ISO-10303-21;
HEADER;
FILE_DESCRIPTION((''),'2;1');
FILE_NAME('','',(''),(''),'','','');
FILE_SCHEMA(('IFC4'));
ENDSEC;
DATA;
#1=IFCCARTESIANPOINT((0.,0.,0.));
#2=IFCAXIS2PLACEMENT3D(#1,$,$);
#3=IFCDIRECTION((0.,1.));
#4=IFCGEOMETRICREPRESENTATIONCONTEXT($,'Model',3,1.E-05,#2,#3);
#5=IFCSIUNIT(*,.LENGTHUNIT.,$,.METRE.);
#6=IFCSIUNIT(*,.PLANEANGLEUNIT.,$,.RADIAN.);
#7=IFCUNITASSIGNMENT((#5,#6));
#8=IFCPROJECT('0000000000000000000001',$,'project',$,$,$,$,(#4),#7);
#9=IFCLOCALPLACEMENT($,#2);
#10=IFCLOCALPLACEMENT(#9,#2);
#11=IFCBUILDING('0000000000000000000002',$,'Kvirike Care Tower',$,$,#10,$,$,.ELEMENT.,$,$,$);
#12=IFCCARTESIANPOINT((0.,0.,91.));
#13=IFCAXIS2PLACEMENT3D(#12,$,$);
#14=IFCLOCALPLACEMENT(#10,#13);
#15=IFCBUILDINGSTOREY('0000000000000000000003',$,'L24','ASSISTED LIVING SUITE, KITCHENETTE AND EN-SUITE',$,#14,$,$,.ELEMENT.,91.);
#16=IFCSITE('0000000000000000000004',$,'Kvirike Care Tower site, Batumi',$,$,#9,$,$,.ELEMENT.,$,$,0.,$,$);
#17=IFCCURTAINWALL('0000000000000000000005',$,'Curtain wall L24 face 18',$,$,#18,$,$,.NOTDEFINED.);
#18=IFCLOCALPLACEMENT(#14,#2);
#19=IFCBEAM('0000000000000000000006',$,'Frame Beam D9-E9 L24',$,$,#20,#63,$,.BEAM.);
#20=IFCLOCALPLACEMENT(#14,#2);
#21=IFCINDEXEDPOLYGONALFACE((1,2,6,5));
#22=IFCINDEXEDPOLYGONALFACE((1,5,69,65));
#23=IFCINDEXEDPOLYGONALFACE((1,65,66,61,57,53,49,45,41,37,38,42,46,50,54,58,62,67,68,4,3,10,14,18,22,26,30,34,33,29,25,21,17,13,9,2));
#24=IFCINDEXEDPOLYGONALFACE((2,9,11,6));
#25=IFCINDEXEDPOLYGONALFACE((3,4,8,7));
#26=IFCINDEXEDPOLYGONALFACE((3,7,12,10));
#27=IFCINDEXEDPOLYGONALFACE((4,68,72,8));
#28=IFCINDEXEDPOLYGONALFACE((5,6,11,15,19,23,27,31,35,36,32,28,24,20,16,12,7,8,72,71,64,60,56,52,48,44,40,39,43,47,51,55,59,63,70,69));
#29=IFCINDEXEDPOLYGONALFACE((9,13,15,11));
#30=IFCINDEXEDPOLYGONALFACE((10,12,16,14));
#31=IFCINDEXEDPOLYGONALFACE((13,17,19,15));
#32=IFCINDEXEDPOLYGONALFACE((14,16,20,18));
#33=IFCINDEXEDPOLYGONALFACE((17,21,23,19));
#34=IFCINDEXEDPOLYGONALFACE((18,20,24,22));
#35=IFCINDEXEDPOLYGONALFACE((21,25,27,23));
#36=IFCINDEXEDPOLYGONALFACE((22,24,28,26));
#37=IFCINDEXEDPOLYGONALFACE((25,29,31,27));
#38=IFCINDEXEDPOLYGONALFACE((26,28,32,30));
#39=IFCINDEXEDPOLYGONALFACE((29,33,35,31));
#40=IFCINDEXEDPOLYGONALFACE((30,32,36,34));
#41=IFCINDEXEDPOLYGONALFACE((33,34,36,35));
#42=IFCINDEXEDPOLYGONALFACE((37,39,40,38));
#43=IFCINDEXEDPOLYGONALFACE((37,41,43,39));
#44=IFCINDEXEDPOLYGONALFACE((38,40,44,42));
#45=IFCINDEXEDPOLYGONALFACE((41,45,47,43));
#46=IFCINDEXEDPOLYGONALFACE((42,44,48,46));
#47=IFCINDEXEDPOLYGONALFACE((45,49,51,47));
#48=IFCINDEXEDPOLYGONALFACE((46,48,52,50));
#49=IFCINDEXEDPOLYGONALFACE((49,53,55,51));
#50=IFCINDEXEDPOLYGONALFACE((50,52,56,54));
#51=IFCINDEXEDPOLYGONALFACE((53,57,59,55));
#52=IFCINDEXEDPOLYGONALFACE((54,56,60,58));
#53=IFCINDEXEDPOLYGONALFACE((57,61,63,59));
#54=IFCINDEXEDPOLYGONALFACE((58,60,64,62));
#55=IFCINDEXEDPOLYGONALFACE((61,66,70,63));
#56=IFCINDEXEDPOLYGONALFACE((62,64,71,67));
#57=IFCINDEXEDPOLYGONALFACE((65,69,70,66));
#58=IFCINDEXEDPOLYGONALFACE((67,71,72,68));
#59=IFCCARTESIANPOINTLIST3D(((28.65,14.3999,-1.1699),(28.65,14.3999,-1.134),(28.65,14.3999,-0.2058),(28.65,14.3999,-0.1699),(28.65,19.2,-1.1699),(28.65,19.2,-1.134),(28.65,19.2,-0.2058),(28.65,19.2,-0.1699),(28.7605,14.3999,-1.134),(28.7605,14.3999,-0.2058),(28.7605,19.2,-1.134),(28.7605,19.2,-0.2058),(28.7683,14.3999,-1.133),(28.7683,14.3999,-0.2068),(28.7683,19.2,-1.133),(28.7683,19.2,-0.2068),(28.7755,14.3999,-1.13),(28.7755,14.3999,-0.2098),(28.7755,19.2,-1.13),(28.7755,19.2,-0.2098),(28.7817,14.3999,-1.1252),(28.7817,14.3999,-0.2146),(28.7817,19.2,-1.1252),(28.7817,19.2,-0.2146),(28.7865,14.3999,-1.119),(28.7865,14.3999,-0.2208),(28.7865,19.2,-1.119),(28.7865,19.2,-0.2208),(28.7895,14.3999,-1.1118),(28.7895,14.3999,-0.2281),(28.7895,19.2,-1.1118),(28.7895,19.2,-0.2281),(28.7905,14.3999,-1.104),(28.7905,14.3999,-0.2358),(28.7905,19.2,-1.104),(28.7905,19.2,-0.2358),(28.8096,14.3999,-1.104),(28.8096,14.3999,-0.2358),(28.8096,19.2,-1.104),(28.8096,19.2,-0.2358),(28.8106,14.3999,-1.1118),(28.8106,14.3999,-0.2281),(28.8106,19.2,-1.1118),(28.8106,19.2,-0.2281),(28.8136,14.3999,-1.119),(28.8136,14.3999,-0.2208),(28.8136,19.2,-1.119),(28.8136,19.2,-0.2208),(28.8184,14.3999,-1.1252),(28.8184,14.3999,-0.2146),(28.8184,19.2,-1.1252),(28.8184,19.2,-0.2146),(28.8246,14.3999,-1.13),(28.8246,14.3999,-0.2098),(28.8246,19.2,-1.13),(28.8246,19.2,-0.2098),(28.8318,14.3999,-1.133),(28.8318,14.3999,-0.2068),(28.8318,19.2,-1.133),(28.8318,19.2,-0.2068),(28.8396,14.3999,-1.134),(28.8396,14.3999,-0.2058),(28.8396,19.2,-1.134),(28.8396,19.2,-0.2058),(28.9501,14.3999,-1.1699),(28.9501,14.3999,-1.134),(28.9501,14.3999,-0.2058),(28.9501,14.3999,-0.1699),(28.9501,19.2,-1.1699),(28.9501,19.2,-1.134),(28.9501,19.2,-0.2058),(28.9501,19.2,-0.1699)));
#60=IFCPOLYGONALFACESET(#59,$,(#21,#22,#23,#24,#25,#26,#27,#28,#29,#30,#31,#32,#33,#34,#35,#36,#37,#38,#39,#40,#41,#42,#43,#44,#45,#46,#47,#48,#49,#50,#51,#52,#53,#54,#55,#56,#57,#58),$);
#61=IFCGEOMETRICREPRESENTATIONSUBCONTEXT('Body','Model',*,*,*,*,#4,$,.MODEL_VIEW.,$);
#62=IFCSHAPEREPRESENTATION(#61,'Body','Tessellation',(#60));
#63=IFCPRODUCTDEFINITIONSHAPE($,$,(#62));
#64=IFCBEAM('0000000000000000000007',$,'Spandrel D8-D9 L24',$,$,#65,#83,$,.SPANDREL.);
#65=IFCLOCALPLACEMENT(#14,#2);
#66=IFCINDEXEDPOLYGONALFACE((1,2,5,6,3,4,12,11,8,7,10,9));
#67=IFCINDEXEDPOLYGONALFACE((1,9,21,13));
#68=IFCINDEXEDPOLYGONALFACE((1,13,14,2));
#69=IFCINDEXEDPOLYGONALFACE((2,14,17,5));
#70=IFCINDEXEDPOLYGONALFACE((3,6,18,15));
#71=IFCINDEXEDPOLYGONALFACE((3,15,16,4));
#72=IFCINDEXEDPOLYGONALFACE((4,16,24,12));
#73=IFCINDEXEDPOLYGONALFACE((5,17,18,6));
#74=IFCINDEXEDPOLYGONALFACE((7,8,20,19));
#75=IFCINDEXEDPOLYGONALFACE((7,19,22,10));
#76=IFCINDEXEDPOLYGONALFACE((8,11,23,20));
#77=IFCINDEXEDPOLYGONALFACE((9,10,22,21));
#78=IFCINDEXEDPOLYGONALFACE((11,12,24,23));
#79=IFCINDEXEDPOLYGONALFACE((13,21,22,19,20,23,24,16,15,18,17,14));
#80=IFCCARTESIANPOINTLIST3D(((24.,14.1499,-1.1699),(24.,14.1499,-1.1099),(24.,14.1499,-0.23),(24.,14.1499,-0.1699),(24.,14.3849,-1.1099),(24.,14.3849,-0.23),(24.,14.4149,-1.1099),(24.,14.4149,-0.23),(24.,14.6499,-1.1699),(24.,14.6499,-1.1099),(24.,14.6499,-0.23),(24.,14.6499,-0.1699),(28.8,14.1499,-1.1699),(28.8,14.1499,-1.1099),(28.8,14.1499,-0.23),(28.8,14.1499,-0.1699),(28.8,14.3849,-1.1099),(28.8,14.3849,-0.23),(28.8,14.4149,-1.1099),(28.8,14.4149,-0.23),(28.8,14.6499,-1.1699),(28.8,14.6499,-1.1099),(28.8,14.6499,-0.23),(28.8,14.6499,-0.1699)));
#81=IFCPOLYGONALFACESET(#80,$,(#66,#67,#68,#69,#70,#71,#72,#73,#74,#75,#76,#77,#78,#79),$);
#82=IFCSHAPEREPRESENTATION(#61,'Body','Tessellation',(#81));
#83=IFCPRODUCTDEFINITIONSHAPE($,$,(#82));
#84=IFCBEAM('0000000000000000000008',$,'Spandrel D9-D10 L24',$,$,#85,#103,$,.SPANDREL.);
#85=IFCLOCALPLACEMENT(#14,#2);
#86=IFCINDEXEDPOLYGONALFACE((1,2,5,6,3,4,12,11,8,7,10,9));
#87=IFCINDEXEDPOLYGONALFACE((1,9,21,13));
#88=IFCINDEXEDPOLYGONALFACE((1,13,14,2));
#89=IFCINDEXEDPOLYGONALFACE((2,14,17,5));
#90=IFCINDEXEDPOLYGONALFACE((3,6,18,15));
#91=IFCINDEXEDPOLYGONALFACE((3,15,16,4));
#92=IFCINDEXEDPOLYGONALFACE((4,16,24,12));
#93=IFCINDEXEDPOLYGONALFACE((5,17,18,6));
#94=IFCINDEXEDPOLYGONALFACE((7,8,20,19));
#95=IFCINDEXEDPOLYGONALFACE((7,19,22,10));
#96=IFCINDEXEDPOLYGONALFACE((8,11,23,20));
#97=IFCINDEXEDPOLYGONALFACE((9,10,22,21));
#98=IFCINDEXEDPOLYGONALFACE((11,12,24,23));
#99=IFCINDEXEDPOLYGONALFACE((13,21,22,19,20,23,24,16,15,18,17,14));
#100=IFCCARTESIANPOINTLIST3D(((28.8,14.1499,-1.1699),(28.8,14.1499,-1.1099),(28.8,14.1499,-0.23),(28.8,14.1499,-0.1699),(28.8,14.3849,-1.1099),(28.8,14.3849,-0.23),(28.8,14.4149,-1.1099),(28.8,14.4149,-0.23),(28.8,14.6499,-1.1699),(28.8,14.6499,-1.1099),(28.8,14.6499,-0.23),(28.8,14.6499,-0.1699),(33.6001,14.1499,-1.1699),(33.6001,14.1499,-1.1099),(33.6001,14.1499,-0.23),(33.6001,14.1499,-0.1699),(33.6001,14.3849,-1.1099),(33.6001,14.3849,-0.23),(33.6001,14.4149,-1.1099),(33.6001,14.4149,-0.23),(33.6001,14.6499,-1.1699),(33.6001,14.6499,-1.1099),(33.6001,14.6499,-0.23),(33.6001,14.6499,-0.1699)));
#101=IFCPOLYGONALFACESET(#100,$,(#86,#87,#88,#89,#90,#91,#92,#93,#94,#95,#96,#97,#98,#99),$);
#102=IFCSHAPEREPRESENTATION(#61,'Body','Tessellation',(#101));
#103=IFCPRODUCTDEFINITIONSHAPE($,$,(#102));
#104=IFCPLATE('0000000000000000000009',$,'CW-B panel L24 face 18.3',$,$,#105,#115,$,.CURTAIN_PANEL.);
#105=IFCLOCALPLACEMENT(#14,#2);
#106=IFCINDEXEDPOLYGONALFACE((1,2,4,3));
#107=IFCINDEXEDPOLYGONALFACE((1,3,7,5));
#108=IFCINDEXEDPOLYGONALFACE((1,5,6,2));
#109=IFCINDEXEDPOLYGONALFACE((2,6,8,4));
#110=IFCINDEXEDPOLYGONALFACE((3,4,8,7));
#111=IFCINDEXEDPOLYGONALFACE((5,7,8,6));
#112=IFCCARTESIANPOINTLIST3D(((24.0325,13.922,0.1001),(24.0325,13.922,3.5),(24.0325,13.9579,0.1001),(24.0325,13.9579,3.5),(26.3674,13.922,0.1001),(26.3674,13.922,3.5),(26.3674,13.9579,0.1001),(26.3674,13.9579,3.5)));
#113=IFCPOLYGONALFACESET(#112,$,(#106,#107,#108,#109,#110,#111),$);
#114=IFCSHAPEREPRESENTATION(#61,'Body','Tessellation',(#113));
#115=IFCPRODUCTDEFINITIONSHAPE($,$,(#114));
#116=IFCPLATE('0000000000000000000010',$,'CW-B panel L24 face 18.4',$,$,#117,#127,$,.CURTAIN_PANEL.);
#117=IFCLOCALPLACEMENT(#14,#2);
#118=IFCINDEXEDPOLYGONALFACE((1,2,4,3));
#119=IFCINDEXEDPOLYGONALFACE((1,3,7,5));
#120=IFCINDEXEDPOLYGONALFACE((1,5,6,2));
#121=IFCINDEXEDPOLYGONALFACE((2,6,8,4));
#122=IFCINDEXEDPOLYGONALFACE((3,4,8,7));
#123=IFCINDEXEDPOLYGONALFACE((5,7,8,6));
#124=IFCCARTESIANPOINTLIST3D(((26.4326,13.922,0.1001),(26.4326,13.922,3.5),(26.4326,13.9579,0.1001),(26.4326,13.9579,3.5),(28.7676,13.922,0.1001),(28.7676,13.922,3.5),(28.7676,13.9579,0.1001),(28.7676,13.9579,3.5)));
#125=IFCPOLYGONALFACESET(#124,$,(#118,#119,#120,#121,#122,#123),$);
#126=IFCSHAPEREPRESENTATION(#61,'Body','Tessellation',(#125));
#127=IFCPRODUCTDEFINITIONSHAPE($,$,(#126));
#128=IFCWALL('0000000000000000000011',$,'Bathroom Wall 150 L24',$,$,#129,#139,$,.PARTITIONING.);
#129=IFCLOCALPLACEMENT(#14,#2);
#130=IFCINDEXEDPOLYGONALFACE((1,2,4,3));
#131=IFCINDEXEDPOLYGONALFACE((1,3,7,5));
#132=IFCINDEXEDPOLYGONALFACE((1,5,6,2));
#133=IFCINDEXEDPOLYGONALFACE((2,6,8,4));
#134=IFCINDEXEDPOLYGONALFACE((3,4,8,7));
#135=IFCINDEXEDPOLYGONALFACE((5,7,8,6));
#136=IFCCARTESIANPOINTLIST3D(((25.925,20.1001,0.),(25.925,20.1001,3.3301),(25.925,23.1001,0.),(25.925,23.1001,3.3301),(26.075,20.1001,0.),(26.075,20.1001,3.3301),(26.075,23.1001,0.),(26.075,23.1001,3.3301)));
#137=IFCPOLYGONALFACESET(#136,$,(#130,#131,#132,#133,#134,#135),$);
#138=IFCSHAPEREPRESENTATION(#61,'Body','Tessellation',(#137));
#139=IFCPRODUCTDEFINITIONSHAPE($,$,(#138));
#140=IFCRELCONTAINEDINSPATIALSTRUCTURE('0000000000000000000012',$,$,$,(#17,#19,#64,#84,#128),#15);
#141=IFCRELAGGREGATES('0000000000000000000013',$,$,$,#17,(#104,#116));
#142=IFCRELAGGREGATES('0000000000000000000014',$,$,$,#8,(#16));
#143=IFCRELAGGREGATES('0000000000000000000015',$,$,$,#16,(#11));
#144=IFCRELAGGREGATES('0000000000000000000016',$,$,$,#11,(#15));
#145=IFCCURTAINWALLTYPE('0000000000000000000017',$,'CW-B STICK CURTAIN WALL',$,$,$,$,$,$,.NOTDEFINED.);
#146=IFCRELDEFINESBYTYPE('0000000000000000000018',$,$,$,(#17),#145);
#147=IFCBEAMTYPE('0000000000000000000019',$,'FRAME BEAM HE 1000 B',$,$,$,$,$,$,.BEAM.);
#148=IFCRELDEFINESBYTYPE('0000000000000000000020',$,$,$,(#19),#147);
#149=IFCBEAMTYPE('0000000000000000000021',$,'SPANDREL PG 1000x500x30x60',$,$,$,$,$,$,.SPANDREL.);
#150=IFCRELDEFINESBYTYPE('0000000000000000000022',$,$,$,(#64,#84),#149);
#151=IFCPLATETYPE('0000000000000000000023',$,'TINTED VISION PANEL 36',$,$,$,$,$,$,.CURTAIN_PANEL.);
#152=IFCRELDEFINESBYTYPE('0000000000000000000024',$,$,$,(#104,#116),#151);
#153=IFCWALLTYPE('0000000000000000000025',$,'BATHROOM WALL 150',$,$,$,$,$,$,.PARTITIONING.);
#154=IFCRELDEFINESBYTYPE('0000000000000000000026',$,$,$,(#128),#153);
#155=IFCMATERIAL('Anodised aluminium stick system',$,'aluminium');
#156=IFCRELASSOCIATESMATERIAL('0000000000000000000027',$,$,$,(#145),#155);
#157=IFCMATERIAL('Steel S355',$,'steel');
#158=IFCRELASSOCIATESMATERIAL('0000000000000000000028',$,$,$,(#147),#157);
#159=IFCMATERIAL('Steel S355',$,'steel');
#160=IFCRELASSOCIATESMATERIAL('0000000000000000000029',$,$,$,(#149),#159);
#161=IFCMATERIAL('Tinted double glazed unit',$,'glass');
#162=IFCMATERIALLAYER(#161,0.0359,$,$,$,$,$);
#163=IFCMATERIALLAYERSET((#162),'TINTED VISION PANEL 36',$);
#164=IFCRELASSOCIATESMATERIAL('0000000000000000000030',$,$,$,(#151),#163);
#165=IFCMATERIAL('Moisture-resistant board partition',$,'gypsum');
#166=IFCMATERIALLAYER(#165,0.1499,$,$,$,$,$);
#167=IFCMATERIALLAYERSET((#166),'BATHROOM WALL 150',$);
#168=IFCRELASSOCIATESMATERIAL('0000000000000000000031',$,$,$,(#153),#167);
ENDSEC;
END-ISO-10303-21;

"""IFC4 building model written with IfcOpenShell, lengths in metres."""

from ifc_helpers import new_model, si_unit, direction, frame, frame_2d, origin, origin_2d, place, context, subcontext, project, spatial, rectangle, i_section, extrude, material, layer, layer_set, material_profile, profile_set, type_object, element, aggregate, save


model = new_model("IFC4")

# Units and contexts
model_context = context("Model", 3, precision=1e-05, world=origin(), true_north=direction((0.0, 1.0)))
body_context = subcontext(model_context, "Body", "Model", "MODEL_VIEW")
ifc_project = project(units=[si_unit("LENGTHUNIT", "METRE"), si_unit("PLANEANGLEUNIT", "RADIAN")], contexts=[model_context])

# Site, building, storey
site_placement = place(None, origin())
site = spatial("IfcSite", under=ifc_project, at=site_placement, Name="Kvirike Care Tower site, Batumi", CompositionType="ELEMENT", RefElevation=0.0)
building_placement = place(site_placement, origin())
building = spatial("IfcBuilding", under=site, at=building_placement, Name="Kvirike Care Tower", CompositionType="ELEMENT")
storey_placement = place(building_placement, frame((0.0, 0.0, 91.0)))
storey = spatial("IfcBuildingStorey", under=building, at=storey_placement, Name="L24", Description="ASSISTED LIVING SUITE, KITCHENETTE AND EN-SUITE", CompositionType="ELEMENT", Elevation=91.0)

# Curtain wall
ifc_material_1 = material(Name="Anodised aluminium stick system", Category="aluminium")
curtain_wall_type = type_object("IfcCurtainWallType", Name="CW-B STICK CURTAIN WALL", PredefinedType="NOTDEFINED", material=ifc_material_1)
curtain_wall_placement = place(storey_placement, origin())
curtain_wall = element("IfcCurtainWall", 1, at=curtain_wall_placement, inside=storey, type_object=curtain_wall_type, Name="Curtain wall L24 face 18", PredefinedType="NOTDEFINED")

# Beams
ifc_material_2 = material(Name="Steel S355", Category="steel")
ifc_material_profile_1 = material_profile(ifc_material_2, i_section(OverallWidth=0.3, OverallDepth=1.0, WebThickness=0.019, FlangeThickness=0.0359, FilletRadius=0.03, at=origin_2d()), Name="HE 1000 B")
ifc_profile_set_1 = profile_set([ifc_material_profile_1], Name="Steel S355")
beam_type_1 = type_object("IfcBeamType", Name="FRAME BEAM HE 1000 B", PredefinedType="BEAM", material=ifc_profile_set_1)
beam_placement = place(storey_placement, frame((28.8, 14.3999, -0.6699), z_axis=(0.0, 1.0, 0.0), x_axis=(-1.0, 0.0, 0.0)))
element("IfcBeam", 2, at=beam_placement, inside=storey, type_object=beam_type_1, Name="Frame Beam D9-E9 L24", PredefinedType="BEAM", context=body_context, shape_type="SweptSolid", body=[
    extrude(i_section(OverallWidth=0.3, OverallDepth=1.0, WebThickness=0.019, FlangeThickness=0.0359, FilletRadius=0.03, at=origin_2d()), origin(), (0.0, 0.0, 1.0), 4.8),
])
ifc_material_3 = material(Name="Steel S355", Category="steel")
ifc_material_profile_2 = material_profile(ifc_material_3, i_section(OverallWidth=0.5, OverallDepth=1.0, WebThickness=0.03, FlangeThickness=0.0601, at=origin_2d()), Name="PG 1000x500x30x60")
ifc_profile_set_2 = profile_set([ifc_material_profile_2], Name="Steel S355")
beam_type_2 = type_object("IfcBeamType", Name="SPANDREL PG 1000x500x30x60", PredefinedType="SPANDREL", material=ifc_profile_set_2)
for number, where, z_axis, x_axis, name in (
    (3, (24.0, 14.3999, -0.6699), (1.0, 0.0, 0.0), (0.0, 1.0, 0.0), "Spandrel D8-D9 L24"),
    (4, (28.8, 14.3999, -0.6699), (1.0, 0.0, 0.0), (0.0, 1.0, 0.0), "Spandrel D9-D10 L24"),
):
    element("IfcBeam", number, at=place(storey_placement, frame(where, z_axis=z_axis, x_axis=x_axis)), inside=storey, type_object=beam_type_2, Name=name, PredefinedType="SPANDREL", context=body_context, shape_type="SweptSolid", body=[
        extrude(i_section(OverallWidth=0.5, OverallDepth=1.0, WebThickness=0.03, FlangeThickness=0.0601, at=origin_2d()), origin(), (0.0, 0.0, 1.0), 4.8),
    ])

# Plates
ifc_material_4 = material(Name="Tinted double glazed unit", Category="glass")
ifc_layer_1 = layer(ifc_material_4, 0.0359)
ifc_layer_set_1 = layer_set([ifc_layer_1], Name="TINTED VISION PANEL 36")
plate_type = type_object("IfcPlateType", Name="TINTED VISION PANEL 36", PredefinedType="CURTAIN_PANEL", material=ifc_layer_set_1)
plate_1_placement = place(storey_placement, frame((25.2, 13.9399, 0.1001), z_axis=(0.0, 0.0, 1.0), x_axis=(1.0, 0.0, 0.0)))
plate_1 = element("IfcPlate", 5, at=plate_1_placement, type_object=plate_type, Name="CW-B panel L24 face 18.3", PredefinedType="CURTAIN_PANEL", context=body_context, shape_type="SweptSolid", body=[
    extrude(rectangle(XDim=2.335, YDim=0.0359, at=origin_2d()), origin(), (0.0, 0.0, 1.0), 3.3999),
])
plate_2_placement = place(storey_placement, frame((27.6001, 13.9399, 0.1001), z_axis=(0.0, 0.0, 1.0), x_axis=(1.0, 0.0, 0.0)))
plate_2 = element("IfcPlate", 6, at=plate_2_placement, type_object=plate_type, Name="CW-B panel L24 face 18.4", PredefinedType="CURTAIN_PANEL", context=body_context, shape_type="SweptSolid", body=[
    extrude(rectangle(XDim=2.335, YDim=0.0359, at=origin_2d()), origin(), (0.0, 0.0, 1.0), 3.3999),
])
aggregate(curtain_wall, [plate_1, plate_2])

# Wall
ifc_material_5 = material(Name="Moisture-resistant board partition", Category="gypsum")
ifc_layer_2 = layer(ifc_material_5, 0.1499)
ifc_layer_set_2 = layer_set([ifc_layer_2], Name="BATHROOM WALL 150")
wall_type_1 = type_object("IfcWallType", Name="BATHROOM WALL 150", PredefinedType="PARTITIONING", material=ifc_layer_set_2)
wall_1_placement = place(storey_placement, frame((26.0, 20.1001, 0.0), z_axis=(0.0, 0.0, 1.0), x_axis=(0.0, 1.0, 0.0)))
element("IfcWall", 7, at=wall_1_placement, inside=storey, type_object=wall_type_1, Name="Bathroom Wall 150 L24", PredefinedType="PARTITIONING", context=body_context, shape_type="SweptSolid", body=[
    extrude(rectangle(XDim=3.0, YDim=0.1499, at=frame_2d((1.5, 0.0))), origin(), (0.0, 0.0, 1.0), 3.3301),
])

save(model, "model.ifc")
